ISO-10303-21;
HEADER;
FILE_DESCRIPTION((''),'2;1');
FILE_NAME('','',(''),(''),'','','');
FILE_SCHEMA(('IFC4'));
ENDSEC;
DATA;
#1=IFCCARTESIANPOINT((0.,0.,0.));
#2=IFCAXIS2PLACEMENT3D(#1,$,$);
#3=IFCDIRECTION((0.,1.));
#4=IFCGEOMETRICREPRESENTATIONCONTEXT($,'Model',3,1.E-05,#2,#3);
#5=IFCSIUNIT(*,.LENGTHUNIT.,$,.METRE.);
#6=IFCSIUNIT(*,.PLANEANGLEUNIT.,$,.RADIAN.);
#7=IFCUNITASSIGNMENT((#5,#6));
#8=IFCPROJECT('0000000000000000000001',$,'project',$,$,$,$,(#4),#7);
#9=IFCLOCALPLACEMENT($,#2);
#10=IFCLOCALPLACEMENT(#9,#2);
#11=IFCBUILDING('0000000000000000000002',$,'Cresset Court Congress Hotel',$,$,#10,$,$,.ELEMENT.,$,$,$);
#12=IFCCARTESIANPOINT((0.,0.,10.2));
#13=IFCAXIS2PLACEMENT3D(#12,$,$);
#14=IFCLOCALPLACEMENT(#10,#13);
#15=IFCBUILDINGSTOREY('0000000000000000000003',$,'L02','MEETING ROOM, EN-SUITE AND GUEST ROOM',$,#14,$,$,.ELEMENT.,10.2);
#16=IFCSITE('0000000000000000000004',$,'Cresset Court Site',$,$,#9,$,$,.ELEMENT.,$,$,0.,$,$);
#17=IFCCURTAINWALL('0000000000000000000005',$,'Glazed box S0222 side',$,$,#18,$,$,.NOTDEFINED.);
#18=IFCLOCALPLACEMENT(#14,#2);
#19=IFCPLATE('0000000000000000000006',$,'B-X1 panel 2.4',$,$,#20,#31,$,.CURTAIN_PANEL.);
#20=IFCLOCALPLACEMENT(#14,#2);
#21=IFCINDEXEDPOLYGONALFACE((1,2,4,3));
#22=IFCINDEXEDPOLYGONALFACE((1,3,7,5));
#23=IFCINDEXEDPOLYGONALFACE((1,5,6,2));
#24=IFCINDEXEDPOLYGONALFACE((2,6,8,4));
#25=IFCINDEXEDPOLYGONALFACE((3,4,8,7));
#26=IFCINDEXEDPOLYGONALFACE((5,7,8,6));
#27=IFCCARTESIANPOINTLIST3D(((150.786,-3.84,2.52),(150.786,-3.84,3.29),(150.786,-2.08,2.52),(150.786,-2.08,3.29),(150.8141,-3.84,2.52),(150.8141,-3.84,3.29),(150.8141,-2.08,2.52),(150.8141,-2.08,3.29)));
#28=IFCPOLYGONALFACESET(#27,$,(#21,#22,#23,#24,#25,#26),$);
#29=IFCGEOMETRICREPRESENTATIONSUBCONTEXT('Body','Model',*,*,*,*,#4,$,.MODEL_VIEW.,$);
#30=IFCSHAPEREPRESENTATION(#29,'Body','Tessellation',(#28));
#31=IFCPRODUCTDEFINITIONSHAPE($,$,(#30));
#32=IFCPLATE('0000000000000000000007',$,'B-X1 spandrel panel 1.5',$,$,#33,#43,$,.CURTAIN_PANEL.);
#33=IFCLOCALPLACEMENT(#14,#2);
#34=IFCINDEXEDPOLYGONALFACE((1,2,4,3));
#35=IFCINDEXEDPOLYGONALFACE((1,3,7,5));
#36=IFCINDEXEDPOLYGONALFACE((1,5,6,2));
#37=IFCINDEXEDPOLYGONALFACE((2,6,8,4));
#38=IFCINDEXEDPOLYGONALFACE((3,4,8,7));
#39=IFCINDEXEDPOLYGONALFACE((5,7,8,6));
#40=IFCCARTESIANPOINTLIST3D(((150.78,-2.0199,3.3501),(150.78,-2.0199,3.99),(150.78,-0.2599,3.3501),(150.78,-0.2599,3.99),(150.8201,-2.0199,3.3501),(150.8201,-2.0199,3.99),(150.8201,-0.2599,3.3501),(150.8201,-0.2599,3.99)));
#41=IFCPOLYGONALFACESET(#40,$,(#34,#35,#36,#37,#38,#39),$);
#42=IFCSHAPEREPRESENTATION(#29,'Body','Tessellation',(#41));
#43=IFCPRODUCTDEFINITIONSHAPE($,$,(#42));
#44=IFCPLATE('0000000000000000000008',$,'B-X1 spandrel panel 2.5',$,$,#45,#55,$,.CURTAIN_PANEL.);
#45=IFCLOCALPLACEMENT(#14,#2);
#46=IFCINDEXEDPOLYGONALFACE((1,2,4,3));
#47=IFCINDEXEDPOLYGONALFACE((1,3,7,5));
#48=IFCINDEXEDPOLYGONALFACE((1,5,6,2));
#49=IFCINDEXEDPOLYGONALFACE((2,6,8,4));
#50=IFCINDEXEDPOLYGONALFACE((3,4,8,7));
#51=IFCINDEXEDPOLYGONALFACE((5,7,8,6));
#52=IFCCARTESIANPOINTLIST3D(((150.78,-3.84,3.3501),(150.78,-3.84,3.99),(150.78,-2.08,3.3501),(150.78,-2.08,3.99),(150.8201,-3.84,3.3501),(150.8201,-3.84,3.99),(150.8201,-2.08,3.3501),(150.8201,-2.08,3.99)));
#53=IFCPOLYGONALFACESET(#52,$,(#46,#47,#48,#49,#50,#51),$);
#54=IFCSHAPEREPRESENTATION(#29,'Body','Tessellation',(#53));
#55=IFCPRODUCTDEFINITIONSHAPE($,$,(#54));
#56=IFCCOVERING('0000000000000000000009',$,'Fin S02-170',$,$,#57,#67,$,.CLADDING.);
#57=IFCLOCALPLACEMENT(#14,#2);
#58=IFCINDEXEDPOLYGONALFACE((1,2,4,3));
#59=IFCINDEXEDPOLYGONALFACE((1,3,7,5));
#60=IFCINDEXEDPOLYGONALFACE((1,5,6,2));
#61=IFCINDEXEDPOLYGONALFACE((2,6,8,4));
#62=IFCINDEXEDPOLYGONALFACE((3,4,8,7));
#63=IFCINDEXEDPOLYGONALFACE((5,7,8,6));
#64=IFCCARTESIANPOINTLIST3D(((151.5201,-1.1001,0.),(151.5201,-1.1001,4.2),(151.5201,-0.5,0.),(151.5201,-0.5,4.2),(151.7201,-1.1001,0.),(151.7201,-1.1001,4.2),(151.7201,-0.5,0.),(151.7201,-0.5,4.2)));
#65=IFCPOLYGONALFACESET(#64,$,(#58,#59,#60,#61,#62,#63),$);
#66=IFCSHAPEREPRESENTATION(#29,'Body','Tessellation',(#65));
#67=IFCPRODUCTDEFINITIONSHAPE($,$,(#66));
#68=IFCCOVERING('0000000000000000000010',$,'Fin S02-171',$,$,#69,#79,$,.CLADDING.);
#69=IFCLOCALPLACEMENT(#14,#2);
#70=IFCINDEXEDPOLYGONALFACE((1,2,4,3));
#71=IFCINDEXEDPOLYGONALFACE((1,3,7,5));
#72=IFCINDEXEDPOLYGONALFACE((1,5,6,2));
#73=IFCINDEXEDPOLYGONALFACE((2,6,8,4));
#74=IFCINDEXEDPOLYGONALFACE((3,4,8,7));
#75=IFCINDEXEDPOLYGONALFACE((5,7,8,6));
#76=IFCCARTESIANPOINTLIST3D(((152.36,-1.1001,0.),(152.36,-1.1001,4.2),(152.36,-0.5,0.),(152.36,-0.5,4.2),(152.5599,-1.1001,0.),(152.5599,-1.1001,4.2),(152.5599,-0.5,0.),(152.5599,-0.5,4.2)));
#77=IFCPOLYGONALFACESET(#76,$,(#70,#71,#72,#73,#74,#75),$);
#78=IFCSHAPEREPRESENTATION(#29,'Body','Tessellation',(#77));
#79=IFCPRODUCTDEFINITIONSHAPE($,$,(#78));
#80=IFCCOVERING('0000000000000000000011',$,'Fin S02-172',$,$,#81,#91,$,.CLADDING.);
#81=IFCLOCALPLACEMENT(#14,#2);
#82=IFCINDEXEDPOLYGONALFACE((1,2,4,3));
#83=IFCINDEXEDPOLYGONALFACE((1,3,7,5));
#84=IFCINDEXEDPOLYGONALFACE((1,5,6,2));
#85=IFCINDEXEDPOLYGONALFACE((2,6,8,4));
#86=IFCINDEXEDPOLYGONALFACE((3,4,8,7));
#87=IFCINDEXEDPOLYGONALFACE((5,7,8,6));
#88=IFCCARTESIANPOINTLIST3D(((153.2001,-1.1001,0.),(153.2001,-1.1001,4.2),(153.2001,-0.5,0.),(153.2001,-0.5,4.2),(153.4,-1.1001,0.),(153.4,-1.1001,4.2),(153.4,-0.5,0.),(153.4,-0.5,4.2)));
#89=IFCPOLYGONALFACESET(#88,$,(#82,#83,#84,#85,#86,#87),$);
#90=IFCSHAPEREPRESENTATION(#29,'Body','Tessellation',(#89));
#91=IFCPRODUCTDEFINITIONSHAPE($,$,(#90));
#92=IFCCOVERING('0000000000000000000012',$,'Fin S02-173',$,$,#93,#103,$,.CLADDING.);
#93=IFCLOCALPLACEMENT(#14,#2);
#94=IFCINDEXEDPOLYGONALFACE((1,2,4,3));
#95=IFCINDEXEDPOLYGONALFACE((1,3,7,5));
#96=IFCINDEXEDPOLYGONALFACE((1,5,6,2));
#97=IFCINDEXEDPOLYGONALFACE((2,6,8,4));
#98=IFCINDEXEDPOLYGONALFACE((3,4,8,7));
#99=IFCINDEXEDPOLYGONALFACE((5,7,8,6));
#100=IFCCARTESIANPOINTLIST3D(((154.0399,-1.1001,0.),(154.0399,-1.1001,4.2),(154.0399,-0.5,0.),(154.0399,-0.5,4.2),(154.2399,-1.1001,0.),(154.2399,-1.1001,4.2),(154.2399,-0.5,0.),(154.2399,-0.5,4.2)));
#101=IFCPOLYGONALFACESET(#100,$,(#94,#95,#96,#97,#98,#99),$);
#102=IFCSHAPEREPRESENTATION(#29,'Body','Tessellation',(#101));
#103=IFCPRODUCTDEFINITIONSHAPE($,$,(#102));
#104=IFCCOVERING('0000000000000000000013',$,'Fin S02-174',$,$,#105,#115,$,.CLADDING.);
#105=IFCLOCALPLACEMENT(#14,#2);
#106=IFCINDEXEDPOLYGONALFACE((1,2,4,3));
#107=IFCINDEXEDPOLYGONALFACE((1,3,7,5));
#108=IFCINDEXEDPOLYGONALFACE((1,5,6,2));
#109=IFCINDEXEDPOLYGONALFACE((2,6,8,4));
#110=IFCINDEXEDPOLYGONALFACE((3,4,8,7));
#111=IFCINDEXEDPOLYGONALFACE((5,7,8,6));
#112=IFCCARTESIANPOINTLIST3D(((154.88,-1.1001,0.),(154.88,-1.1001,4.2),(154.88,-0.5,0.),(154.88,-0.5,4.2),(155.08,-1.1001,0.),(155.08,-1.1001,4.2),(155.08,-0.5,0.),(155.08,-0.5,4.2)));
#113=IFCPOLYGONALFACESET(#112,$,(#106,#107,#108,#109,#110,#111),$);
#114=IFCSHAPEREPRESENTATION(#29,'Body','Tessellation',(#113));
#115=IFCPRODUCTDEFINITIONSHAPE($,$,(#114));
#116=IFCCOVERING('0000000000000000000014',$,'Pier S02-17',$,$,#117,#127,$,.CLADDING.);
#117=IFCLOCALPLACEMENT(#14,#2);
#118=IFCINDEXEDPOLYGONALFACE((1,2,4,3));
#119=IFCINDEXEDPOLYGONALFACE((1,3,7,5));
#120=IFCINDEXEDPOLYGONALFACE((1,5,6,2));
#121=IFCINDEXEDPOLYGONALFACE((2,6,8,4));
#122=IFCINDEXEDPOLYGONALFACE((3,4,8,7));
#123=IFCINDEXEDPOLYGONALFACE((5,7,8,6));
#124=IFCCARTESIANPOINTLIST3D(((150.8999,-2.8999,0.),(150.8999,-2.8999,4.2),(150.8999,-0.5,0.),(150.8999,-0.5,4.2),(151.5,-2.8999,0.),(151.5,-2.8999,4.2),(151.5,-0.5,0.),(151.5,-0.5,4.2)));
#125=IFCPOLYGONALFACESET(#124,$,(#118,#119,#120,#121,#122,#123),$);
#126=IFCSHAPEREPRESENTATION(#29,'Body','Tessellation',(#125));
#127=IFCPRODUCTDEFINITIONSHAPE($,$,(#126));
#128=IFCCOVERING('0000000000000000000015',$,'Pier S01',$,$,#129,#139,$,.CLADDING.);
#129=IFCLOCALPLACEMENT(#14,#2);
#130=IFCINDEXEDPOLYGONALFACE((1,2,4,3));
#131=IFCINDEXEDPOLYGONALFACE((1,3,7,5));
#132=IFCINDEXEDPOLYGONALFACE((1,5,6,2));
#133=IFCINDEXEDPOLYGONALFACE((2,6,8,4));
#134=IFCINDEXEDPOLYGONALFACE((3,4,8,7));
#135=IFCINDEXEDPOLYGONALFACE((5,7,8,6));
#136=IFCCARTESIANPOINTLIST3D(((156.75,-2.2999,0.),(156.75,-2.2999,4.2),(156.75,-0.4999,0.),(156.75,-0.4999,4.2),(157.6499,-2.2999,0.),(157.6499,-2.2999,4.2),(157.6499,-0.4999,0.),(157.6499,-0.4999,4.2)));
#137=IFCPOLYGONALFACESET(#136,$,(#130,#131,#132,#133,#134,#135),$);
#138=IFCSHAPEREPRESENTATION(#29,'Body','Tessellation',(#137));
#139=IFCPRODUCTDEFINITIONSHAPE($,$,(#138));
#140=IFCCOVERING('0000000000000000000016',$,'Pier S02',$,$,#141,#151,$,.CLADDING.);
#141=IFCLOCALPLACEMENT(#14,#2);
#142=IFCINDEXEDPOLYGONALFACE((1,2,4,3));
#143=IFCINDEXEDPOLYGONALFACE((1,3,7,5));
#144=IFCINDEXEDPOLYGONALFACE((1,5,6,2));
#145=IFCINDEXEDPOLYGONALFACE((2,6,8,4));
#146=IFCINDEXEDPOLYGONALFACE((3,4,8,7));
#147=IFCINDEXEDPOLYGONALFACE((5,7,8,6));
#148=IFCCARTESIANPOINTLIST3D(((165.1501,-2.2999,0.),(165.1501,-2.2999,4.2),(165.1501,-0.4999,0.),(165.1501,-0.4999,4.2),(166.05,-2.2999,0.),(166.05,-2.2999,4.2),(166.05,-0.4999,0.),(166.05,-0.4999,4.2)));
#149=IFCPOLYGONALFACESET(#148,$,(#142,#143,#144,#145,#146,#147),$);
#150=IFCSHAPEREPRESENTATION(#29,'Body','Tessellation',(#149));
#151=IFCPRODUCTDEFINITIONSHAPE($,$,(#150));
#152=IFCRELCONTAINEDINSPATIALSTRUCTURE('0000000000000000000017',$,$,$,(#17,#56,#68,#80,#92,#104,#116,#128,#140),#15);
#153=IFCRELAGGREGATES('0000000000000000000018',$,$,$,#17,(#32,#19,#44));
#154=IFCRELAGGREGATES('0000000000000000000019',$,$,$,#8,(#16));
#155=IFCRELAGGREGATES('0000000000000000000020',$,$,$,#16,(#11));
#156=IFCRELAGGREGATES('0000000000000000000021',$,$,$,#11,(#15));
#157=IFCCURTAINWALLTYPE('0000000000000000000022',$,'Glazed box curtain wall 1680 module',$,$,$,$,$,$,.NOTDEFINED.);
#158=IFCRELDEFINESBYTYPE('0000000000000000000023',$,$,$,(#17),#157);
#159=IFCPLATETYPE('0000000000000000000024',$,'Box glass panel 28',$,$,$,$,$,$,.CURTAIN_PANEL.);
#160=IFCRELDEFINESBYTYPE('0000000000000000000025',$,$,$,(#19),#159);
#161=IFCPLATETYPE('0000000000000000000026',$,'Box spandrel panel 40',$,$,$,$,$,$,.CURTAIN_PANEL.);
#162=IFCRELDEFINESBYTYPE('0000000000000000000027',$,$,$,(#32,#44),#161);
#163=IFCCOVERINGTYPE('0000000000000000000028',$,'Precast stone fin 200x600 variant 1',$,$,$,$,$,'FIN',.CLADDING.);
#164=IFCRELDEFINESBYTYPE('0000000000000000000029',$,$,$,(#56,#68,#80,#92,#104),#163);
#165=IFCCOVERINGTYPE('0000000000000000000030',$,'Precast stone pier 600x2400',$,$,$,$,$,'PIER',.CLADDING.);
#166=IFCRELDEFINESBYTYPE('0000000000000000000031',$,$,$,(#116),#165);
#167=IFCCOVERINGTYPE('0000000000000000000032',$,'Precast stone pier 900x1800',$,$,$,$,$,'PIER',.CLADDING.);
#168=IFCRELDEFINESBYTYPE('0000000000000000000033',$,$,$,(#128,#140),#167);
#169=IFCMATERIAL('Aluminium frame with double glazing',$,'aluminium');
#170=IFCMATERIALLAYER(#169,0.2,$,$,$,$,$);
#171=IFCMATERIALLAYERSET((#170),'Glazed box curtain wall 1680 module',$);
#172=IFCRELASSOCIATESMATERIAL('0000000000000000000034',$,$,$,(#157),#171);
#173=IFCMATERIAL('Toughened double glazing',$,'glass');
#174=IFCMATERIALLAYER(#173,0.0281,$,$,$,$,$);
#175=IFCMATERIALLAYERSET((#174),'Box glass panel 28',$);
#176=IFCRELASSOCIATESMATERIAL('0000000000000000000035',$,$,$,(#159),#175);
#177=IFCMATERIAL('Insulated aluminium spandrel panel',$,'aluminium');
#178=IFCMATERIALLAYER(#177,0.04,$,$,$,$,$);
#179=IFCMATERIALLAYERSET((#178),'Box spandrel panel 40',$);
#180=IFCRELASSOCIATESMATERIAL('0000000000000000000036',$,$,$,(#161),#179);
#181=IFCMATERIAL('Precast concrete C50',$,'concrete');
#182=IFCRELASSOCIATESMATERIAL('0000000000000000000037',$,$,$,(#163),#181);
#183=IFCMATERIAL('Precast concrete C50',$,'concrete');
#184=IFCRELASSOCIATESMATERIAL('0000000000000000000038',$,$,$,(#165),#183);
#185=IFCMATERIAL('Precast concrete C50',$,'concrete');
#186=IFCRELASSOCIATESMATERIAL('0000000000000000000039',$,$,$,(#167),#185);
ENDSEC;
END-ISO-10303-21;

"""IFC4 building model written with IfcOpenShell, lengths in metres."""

from ifc_helpers import new_model, si_unit, direction, frame, origin, origin_2d, place, context, subcontext, project, spatial, rectangle, extrude, material, layer, layer_set, type_object, element, aggregate, save


model = new_model("IFC4")

# Units and contexts
model_context = context("Model", 3, precision=1e-05, world=origin(), true_north=direction((0.0, 1.0)))
body_context = subcontext(model_context, "Body", "Model", "MODEL_VIEW")
ifc_project = project(units=[si_unit("LENGTHUNIT", "METRE"), si_unit("PLANEANGLEUNIT", "RADIAN")], contexts=[model_context])

# Site, building, storey
site_placement = place(None, origin())
site = spatial("IfcSite", under=ifc_project, at=site_placement, Name="Cresset Court Site", CompositionType="ELEMENT", RefElevation=0.0)
building_placement = place(site_placement, origin())
building = spatial("IfcBuilding", under=site, at=building_placement, Name="Cresset Court Congress Hotel", CompositionType="ELEMENT")
storey_placement = place(building_placement, frame((0.0, 0.0, 10.2)))
storey = spatial("IfcBuildingStorey", under=building, at=storey_placement, Name="L02", Description="MEETING ROOM, EN-SUITE AND GUEST ROOM", CompositionType="ELEMENT", Elevation=10.2)

# Curtain wall, plates
ifc_material_1 = material(Name="Aluminium frame with double glazing", Category="aluminium")
ifc_layer_1 = layer(ifc_material_1, 0.2)
ifc_layer_set_1 = layer_set([ifc_layer_1], Name="Glazed box curtain wall 1680 module")
curtain_wall_type = type_object("IfcCurtainWallType", Name="Glazed box curtain wall 1680 module", PredefinedType="NOTDEFINED", material=ifc_layer_set_1)
curtain_wall_placement = place(storey_placement, origin())
curtain_wall = element("IfcCurtainWall", 1, at=curtain_wall_placement, inside=storey, type_object=curtain_wall_type, Name="Glazed box S0222 side", PredefinedType="NOTDEFINED")
ifc_material_2 = material(Name="Toughened double glazing", Category="glass")
ifc_layer_2 = layer(ifc_material_2, 0.0281)
ifc_layer_set_2 = layer_set([ifc_layer_2], Name="Box glass panel 28")
plate_type_1 = type_object("IfcPlateType", Name="Box glass panel 28", PredefinedType="CURTAIN_PANEL", material=ifc_layer_set_2)
plate_1_placement = place(storey_placement, frame((150.8, -2.96, 2.52), z_axis=(0.0, 0.0, 1.0), x_axis=(0.0, -1.0, 0.0)))
plate_1 = element("IfcPlate", 2, at=plate_1_placement, type_object=plate_type_1, Name="B-X1 panel 2.4", PredefinedType="CURTAIN_PANEL", context=body_context, shape_type="SweptSolid", body=[
    extrude(rectangle(XDim=1.76, YDim=0.0281, at=origin_2d()), origin(), (0.0, 0.0, 1.0), 0.77),
])
ifc_material_3 = material(Name="Insulated aluminium spandrel panel", Category="aluminium")
ifc_layer_3 = layer(ifc_material_3, 0.04)
ifc_layer_set_3 = layer_set([ifc_layer_3], Name="Box spandrel panel 40")
plate_type_2 = type_object("IfcPlateType", Name="Box spandrel panel 40", PredefinedType="CURTAIN_PANEL", material=ifc_layer_set_3)
plate_2_placement = place(storey_placement, frame((150.8, -1.1399, 3.3501), z_axis=(0.0, 0.0, 1.0), x_axis=(0.0, -1.0, 0.0)))
plate_2 = element("IfcPlate", 3, at=plate_2_placement, type_object=plate_type_2, Name="B-X1 spandrel panel 1.5", PredefinedType="CURTAIN_PANEL", context=body_context, shape_type="SweptSolid", body=[
    extrude(rectangle(XDim=1.76, YDim=0.04, at=origin_2d()), origin(), (0.0, 0.0, 1.0), 0.6399),
])
plate_3_placement = place(storey_placement, frame((150.8, -2.96, 3.3501), z_axis=(0.0, 0.0, 1.0), x_axis=(0.0, -1.0, 0.0)))
plate_3 = element("IfcPlate", 4, at=plate_3_placement, type_object=plate_type_2, Name="B-X1 spandrel panel 2.5", PredefinedType="CURTAIN_PANEL", context=body_context, shape_type="SweptSolid", body=[
    extrude(rectangle(XDim=1.76, YDim=0.04, at=origin_2d()), origin(), (0.0, 0.0, 1.0), 0.6399),
])
aggregate(curtain_wall, [plate_2, plate_1, plate_3])

# Coverings
ifc_material_4 = material(Name="Precast concrete C50", Category="concrete")
covering_type_1 = type_object("IfcCoveringType", Name="Precast stone fin 200x600 variant 1", ElementType="FIN", PredefinedType="CLADDING", material=ifc_material_4)
for number, where, z_axis, x_axis, name in (
    (5, (151.6201, -0.8, 0.0), (0.0, 0.0, 1.0), (1.0, 0.0, 0.0), "Fin S02-170"),
    (6, (152.46, -0.8, 0.0), (0.0, 0.0, 1.0), (1.0, 0.0, 0.0), "Fin S02-171"),
    (7, (153.3, -0.8, 0.0), (0.0, 0.0, 1.0), (1.0, 0.0, 0.0), "Fin S02-172"),
    (8, (154.1399, -0.8, 0.0), (0.0, 0.0, 1.0), (1.0, 0.0, 0.0), "Fin S02-173"),
    (9, (154.98, -0.8, 0.0), (0.0, 0.0, 1.0), (1.0, 0.0, 0.0), "Fin S02-174"),
):
    element("IfcCovering", number, at=place(storey_placement, frame(where, z_axis=z_axis, x_axis=x_axis)), inside=storey, type_object=covering_type_1, Name=name, PredefinedType="CLADDING", context=body_context, shape_type="SweptSolid", body=[
        extrude(rectangle(XDim=0.2, YDim=0.6001, at=origin_2d()), origin(), (0.0, 0.0, 1.0), 4.2),
    ])
ifc_material_5 = material(Name="Precast concrete C50", Category="concrete")
covering_type_2 = type_object("IfcCoveringType", Name="Precast stone pier 600x2400", ElementType="PIER", PredefinedType="CLADDING", material=ifc_material_5)
covering_placement = place(storey_placement, frame((151.2, -1.7, 0.0), z_axis=(0.0, 0.0, 1.0), x_axis=(1.0, 0.0, 0.0)))
element("IfcCovering", 10, at=covering_placement, inside=storey, type_object=covering_type_2, Name="Pier S02-17", PredefinedType="CLADDING", context=body_context, shape_type="SweptSolid", body=[
    extrude(rectangle(XDim=0.6001, YDim=2.3999, at=origin_2d()), origin(), (0.0, 0.0, 1.0), 4.2),
])
ifc_material_6 = material(Name="Precast concrete C50", Category="concrete")
covering_type_3 = type_object("IfcCoveringType", Name="Precast stone pier 900x1800", ElementType="PIER", PredefinedType="CLADDING", material=ifc_material_6)
for number, where, z_axis, x_axis, name in (
    (11, (157.2, -1.3999, 0.0), (0.0, 0.0, 1.0), (1.0, 0.0, 0.0), "Pier S01"),
    (12, (165.6001, -1.3999, 0.0), (0.0, 0.0, 1.0), (1.0, 0.0, 0.0), "Pier S02"),
):
    element("IfcCovering", number, at=place(storey_placement, frame(where, z_axis=z_axis, x_axis=x_axis)), inside=storey, type_object=covering_type_3, Name=name, PredefinedType="CLADDING", context=body_context, shape_type="SweptSolid", body=[
        extrude(rectangle(XDim=0.8999, YDim=1.8, at=origin_2d()), origin(), (0.0, 0.0, 1.0), 4.2),
    ])

save(model, "model.ifc")
